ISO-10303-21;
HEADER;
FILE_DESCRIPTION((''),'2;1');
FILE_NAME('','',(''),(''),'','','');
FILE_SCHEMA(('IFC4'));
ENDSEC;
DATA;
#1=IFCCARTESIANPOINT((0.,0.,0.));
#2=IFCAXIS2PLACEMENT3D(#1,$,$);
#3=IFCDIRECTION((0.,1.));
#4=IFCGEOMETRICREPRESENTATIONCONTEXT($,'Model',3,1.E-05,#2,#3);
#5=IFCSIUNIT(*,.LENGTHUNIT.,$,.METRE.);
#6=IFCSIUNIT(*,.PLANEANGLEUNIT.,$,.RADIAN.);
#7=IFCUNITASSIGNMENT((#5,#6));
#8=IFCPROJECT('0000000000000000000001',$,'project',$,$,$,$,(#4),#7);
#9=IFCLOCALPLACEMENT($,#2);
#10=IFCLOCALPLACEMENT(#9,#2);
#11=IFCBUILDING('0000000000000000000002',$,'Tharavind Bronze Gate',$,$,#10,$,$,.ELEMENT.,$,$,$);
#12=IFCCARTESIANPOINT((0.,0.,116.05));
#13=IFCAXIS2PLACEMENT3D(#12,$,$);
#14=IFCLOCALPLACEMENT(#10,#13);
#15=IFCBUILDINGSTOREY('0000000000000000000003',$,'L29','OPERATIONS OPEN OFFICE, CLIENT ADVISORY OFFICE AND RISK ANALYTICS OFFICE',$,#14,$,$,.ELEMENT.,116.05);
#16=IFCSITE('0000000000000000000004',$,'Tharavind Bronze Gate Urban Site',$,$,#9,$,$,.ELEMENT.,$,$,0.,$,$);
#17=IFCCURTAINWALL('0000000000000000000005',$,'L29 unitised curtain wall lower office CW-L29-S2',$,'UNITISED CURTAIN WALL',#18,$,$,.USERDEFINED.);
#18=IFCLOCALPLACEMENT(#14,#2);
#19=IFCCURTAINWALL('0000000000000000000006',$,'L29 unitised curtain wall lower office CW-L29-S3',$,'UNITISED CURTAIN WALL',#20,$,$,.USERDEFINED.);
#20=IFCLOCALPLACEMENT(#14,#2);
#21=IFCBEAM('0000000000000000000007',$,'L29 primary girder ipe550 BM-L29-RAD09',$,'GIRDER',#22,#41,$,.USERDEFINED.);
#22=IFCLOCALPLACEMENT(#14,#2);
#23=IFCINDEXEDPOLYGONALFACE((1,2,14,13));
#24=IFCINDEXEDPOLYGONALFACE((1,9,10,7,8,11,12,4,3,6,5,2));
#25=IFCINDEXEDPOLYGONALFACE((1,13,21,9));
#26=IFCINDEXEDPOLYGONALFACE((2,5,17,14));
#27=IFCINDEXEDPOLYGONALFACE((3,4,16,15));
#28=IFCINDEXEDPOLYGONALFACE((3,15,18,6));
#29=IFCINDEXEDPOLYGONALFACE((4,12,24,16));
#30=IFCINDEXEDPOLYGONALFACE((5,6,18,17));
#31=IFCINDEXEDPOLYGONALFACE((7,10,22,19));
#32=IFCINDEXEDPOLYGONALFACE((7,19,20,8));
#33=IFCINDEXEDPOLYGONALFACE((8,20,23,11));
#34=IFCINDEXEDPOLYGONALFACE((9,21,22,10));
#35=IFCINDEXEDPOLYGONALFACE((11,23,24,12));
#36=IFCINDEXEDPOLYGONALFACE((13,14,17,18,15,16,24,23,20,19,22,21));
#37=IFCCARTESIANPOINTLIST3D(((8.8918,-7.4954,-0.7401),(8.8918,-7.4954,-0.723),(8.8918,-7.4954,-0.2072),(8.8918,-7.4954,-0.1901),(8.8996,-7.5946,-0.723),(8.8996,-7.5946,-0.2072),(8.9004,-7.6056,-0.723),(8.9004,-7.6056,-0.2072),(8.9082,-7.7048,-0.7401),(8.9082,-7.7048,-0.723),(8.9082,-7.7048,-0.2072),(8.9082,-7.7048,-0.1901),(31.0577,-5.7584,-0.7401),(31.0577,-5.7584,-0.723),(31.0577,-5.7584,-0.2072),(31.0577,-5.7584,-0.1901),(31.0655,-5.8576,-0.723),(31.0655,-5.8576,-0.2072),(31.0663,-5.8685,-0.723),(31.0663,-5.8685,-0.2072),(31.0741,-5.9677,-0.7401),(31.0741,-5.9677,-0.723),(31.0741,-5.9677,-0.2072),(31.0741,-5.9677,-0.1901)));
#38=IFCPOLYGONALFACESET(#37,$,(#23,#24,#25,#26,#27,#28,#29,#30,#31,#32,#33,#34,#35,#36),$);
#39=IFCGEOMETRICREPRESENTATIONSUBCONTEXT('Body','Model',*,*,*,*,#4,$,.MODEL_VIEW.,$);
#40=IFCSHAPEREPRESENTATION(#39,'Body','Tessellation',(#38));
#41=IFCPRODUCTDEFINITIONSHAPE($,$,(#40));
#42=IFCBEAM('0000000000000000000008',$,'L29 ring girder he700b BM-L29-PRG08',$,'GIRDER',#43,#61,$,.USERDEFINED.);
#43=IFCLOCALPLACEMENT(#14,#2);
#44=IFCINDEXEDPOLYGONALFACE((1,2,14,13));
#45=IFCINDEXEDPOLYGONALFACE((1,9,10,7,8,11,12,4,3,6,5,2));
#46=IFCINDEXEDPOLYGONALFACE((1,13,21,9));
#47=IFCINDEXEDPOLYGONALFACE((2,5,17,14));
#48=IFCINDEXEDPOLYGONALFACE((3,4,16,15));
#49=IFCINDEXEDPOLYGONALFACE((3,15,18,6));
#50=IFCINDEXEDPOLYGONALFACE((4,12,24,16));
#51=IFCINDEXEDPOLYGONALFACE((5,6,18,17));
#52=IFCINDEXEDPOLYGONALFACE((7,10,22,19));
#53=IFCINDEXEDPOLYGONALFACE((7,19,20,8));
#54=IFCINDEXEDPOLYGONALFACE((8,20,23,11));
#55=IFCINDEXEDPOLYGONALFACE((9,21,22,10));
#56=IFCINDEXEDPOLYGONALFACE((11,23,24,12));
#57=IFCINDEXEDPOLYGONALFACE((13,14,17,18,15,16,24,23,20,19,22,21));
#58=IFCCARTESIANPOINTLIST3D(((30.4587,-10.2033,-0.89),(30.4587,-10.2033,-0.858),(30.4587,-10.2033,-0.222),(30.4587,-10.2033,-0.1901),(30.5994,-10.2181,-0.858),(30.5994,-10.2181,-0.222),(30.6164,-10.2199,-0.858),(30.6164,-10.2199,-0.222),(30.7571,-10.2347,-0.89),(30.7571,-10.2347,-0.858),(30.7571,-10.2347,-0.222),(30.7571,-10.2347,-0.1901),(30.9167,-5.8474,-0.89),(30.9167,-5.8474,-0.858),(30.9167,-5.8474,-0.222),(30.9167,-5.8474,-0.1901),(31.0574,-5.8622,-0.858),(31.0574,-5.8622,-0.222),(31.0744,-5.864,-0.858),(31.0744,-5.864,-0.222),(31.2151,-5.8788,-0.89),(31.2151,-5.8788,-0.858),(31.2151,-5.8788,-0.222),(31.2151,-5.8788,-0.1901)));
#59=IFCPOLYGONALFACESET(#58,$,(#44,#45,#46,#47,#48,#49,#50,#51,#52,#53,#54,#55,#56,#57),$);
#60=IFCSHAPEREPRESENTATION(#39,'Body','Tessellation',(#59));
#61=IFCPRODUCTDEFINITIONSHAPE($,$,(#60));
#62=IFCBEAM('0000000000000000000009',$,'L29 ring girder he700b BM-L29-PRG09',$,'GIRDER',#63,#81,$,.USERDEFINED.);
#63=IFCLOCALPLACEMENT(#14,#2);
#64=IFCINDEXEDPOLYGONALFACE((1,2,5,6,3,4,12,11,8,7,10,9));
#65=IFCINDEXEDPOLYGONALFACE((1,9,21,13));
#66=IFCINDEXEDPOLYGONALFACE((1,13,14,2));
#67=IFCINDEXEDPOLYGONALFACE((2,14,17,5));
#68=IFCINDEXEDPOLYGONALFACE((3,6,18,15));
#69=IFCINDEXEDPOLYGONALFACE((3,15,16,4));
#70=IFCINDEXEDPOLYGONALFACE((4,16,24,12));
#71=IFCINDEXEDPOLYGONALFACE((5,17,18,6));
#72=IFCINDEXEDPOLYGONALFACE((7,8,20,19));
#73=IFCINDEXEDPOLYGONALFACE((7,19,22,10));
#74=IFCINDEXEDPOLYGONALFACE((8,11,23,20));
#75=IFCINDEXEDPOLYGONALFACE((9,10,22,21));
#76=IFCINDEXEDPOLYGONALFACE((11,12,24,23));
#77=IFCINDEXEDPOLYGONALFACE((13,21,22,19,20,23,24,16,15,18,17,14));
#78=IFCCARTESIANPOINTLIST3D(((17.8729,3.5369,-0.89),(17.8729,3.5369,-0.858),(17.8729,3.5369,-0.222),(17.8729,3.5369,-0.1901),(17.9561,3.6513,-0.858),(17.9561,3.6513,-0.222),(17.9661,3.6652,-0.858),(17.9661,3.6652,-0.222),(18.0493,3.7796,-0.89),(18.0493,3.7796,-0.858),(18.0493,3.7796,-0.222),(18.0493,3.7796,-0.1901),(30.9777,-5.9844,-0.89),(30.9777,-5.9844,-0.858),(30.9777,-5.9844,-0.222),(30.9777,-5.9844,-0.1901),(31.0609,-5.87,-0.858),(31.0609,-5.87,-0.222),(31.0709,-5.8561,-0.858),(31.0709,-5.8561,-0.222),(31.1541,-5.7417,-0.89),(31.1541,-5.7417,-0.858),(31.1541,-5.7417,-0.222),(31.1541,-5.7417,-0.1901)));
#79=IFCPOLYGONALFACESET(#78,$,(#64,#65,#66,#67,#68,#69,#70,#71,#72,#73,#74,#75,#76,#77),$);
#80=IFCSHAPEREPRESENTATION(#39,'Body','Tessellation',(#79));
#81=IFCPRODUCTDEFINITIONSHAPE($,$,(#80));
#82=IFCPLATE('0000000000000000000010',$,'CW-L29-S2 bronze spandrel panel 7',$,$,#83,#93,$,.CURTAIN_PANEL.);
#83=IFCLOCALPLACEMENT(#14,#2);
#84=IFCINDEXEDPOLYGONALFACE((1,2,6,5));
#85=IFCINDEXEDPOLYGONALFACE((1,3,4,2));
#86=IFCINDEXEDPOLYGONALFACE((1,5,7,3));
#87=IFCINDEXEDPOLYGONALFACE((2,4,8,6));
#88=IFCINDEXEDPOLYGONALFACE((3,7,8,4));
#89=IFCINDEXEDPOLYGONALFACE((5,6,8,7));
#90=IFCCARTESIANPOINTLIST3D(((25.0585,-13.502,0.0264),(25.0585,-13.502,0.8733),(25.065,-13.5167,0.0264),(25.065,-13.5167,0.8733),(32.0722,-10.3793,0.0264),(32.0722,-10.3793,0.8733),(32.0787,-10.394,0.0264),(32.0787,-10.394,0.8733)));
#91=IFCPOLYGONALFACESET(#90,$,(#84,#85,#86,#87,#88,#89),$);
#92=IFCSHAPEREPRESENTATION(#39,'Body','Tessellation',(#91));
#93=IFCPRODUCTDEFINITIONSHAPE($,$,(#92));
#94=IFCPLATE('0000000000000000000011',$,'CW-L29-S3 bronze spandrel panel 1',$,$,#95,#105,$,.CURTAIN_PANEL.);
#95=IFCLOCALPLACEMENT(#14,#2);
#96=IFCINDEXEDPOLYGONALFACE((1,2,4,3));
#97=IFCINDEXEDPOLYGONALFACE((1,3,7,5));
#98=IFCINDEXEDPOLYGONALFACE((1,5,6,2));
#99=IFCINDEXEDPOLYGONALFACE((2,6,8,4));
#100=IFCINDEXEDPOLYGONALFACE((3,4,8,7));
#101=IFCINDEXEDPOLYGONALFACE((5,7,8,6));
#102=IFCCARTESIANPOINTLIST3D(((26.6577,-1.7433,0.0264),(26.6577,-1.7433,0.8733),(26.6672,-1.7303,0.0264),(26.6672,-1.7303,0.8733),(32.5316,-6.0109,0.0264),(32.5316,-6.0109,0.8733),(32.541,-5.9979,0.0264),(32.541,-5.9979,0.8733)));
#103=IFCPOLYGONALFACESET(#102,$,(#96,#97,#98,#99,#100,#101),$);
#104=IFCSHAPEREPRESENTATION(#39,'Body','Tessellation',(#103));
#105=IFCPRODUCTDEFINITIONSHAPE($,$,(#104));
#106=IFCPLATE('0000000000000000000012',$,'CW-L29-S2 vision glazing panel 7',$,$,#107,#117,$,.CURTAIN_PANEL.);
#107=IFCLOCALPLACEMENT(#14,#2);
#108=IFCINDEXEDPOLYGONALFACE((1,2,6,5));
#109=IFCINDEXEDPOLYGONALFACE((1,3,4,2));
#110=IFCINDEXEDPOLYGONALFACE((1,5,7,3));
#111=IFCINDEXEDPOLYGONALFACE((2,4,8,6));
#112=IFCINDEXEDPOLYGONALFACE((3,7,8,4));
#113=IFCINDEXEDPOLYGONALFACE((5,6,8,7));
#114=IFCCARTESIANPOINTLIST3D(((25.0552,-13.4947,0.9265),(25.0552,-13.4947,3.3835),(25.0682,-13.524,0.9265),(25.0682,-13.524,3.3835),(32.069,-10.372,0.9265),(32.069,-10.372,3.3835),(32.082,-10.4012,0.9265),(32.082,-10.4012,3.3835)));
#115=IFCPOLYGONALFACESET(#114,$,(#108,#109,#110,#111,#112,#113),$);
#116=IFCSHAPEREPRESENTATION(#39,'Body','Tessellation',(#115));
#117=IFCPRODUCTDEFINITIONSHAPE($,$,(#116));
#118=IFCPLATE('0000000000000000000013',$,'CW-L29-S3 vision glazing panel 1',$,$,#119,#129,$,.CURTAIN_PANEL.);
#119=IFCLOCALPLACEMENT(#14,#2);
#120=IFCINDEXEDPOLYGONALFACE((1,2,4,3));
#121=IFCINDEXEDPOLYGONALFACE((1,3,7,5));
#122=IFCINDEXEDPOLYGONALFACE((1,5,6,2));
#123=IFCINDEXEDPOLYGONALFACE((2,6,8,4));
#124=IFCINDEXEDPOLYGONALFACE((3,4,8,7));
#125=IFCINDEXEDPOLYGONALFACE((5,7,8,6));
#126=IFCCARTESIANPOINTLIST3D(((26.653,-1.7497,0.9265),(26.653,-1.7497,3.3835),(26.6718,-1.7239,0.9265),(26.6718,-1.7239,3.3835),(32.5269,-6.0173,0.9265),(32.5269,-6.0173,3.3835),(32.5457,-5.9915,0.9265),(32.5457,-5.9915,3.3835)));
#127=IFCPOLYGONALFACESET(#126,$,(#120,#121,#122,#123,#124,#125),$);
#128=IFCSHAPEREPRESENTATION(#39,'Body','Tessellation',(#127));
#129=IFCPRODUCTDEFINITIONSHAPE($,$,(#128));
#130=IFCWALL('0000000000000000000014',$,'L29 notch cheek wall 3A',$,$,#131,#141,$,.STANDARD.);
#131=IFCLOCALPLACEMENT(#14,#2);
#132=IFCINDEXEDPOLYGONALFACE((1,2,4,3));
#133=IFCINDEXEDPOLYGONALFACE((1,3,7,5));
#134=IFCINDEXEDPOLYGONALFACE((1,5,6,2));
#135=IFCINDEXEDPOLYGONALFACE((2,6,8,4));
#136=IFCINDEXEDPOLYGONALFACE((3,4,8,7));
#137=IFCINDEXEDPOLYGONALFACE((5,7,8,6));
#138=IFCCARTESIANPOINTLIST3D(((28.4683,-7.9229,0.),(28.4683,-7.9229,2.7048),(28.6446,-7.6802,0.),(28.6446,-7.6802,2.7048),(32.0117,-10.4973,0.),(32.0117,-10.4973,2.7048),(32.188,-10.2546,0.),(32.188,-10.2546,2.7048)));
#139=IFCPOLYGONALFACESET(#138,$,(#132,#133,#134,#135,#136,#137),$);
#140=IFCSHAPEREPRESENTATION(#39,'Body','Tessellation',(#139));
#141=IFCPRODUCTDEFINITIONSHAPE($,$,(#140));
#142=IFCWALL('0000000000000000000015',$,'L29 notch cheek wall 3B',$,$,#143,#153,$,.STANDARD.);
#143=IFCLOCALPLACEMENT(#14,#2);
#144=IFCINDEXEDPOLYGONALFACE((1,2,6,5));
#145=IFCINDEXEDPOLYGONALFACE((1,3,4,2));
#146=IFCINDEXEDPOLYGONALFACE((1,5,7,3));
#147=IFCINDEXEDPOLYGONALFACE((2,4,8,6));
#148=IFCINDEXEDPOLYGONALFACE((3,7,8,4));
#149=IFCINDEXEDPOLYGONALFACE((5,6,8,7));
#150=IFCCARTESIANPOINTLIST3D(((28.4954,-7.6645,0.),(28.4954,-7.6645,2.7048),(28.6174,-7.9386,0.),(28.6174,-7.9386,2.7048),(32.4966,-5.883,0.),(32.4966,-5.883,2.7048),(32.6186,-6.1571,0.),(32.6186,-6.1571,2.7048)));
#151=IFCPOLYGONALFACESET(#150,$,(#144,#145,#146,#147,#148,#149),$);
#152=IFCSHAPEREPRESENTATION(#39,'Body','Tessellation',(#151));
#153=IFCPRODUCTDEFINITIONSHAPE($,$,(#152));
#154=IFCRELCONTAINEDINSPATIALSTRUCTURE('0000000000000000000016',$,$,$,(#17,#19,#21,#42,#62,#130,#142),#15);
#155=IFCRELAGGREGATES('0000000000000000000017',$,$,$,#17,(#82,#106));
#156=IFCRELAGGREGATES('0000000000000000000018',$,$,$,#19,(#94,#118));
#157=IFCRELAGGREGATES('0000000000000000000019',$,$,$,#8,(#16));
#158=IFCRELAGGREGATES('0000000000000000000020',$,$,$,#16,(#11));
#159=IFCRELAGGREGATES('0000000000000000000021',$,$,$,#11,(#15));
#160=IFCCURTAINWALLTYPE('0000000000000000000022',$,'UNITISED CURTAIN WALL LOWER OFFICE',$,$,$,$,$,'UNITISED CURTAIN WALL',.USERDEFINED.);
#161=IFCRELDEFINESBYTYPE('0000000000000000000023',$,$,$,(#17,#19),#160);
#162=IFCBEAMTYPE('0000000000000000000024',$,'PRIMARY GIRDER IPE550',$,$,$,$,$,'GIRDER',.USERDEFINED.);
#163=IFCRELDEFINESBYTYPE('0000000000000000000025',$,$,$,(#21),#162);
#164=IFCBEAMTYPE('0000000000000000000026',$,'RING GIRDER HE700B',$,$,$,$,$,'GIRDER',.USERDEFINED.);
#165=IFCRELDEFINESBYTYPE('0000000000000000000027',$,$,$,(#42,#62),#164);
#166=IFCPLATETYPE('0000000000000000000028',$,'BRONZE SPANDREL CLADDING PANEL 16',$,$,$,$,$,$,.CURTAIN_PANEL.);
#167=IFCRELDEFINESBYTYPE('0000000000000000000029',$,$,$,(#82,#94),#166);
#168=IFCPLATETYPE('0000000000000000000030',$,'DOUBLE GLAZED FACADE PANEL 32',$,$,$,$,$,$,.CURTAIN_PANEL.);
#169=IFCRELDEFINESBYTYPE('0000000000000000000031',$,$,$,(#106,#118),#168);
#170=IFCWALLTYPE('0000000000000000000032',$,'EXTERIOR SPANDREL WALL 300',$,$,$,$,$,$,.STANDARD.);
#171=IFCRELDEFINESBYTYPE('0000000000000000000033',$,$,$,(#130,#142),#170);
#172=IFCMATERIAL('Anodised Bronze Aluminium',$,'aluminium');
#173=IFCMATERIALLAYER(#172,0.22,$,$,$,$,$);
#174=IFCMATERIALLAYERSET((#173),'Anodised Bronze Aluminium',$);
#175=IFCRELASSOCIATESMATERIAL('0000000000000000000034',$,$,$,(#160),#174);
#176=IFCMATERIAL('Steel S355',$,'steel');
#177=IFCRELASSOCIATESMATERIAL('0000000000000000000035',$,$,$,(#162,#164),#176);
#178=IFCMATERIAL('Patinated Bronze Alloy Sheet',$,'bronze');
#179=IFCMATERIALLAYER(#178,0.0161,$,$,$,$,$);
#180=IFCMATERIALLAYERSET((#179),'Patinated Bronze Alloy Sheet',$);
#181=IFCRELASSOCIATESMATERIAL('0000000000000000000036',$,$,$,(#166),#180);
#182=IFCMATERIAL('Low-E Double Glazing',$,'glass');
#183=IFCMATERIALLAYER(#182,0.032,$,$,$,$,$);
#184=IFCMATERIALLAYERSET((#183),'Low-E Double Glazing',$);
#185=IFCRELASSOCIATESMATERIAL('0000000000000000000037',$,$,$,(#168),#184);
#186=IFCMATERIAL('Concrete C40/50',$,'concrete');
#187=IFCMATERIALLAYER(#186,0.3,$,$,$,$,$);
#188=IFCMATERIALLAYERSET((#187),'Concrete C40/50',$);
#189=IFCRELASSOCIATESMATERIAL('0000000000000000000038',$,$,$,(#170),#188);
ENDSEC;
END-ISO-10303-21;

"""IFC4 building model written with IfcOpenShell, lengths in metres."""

from ifc_helpers import new_model, si_unit, direction, frame, frame_2d, origin, origin_2d, place, context, subcontext, project, spatial, rectangle, i_section, extrude, material, layer, layer_set, material_profile, profile_set, type_object, element, aggregate, save


model = new_model("IFC4")

# Units and contexts
model_context = context("Model", 3, precision=1e-05, world=origin(), true_north=direction((0.0, 1.0)))
body_context = subcontext(model_context, "Body", "Model", "MODEL_VIEW")
ifc_project = project(units=[si_unit("LENGTHUNIT", "METRE"), si_unit("PLANEANGLEUNIT", "RADIAN")], contexts=[model_context])

# Site, building, storey
site_placement = place(None, origin())
site = spatial("IfcSite", under=ifc_project, at=site_placement, Name="Tharavind Bronze Gate Urban Site", CompositionType="ELEMENT", RefElevation=0.0)
building_placement = place(site_placement, origin())
building = spatial("IfcBuilding", under=site, at=building_placement, Name="Tharavind Bronze Gate", CompositionType="ELEMENT")
storey_placement = place(building_placement, frame((0.0, 0.0, 116.05)))
storey = spatial("IfcBuildingStorey", under=building, at=storey_placement, Name="L29", Description="OPERATIONS OPEN OFFICE, CLIENT ADVISORY OFFICE AND RISK ANALYTICS OFFICE", CompositionType="ELEMENT", Elevation=116.05)

# Curtain wall
ifc_material_1 = material(Name="Anodised Bronze Aluminium", Category="aluminium")
ifc_layer_1 = layer(ifc_material_1, 0.22)
ifc_layer_set_1 = layer_set([ifc_layer_1], Name="Anodised Bronze Aluminium")
curtain_wall_type = type_object("IfcCurtainWallType", Name="UNITISED CURTAIN WALL LOWER OFFICE", ElementType="UNITISED CURTAIN WALL", PredefinedType="USERDEFINED", material=ifc_layer_set_1)
curtain_wall_1_placement = place(storey_placement, origin())
curtain_wall_1 = element("IfcCurtainWall", 1, at=curtain_wall_1_placement, inside=storey, type_object=curtain_wall_type, Name="L29 unitised curtain wall lower office CW-L29-S2", ObjectType="UNITISED CURTAIN WALL", PredefinedType="USERDEFINED")

# Curtain wall
curtain_wall_2_placement = place(storey_placement, origin())
curtain_wall_2 = element("IfcCurtainWall", 2, at=curtain_wall_2_placement, inside=storey, type_object=curtain_wall_type, Name="L29 unitised curtain wall lower office CW-L29-S3", ObjectType="UNITISED CURTAIN WALL", PredefinedType="USERDEFINED")

# Beams
ifc_material_2 = material(Name="Steel S355", Category="steel")
ifc_material_profile_1 = material_profile(ifc_material_2, i_section(OverallWidth=0.21, OverallDepth=0.55, WebThickness=0.011, FlangeThickness=0.0171, at=origin_2d()), Name="IPE550")
ifc_profile_set_1 = profile_set([ifc_material_profile_1], Name="Steel S355")
beam_type_1 = type_object("IfcBeamType", Name="PRIMARY GIRDER IPE550", ElementType="GIRDER", PredefinedType="USERDEFINED", material=ifc_profile_set_1)
beam_1_placement = place(storey_placement, frame((31.0659, -5.863, -0.4651), z_axis=(-0.996943, -0.078126, 0.0), x_axis=(0.078126, -0.996943, 0.0)))
element("IfcBeam", 3, at=beam_1_placement, inside=storey, type_object=beam_type_1, Name="L29 primary girder ipe550 BM-L29-RAD09", ObjectType="GIRDER", PredefinedType="USERDEFINED", context=body_context, shape_type="SweptSolid", body=[
    extrude(i_section(OverallWidth=0.21, OverallDepth=0.55, WebThickness=0.011, FlangeThickness=0.0171, at=origin_2d()), origin(), (0.0, 0.0, 1.0), 22.2339),
])
ifc_material_profile_2 = material_profile(ifc_material_2, i_section(OverallWidth=0.3, OverallDepth=0.7, WebThickness=0.0171, FlangeThickness=0.032, at=origin_2d()), Name="HE700B")
ifc_profile_set_2 = profile_set([ifc_material_profile_2], Name="Steel S355")
beam_type_2 = type_object("IfcBeamType", Name="RING GIRDER HE700B", ElementType="GIRDER", PredefinedType="USERDEFINED", material=ifc_profile_set_2)
beam_2_placement = place(storey_placement, frame((30.6079, -10.219, -0.54), z_axis=(0.104569, 0.994518, 0.0), x_axis=(-0.994518, 0.104569, 0.0)))
element("IfcBeam", 4, at=beam_2_placement, inside=storey, type_object=beam_type_2, Name="L29 ring girder he700b BM-L29-PRG08", ObjectType="GIRDER", PredefinedType="USERDEFINED", context=body_context, shape_type="SweptSolid", body=[
    extrude(i_section(OverallWidth=0.3, OverallDepth=0.7, WebThickness=0.0171, FlangeThickness=0.032, at=origin_2d()), origin(), (0.0, 0.0, 1.0), 4.3799),
])
beam_3_placement = place(storey_placement, frame((31.0659, -5.863, -0.54), z_axis=(-0.809014, 0.587789, 0.0), x_axis=(-0.587789, -0.809014, 0.0)))
element("IfcBeam", 5, at=beam_3_placement, inside=storey, type_object=beam_type_2, Name="L29 ring girder he700b BM-L29-PRG09", ObjectType="GIRDER", PredefinedType="USERDEFINED", context=body_context, shape_type="SweptSolid", body=[
    extrude(i_section(OverallWidth=0.3, OverallDepth=0.7, WebThickness=0.0171, FlangeThickness=0.032, at=origin_2d()), origin(), (0.0, 0.0, 1.0), 16.1985),
])

# Plates
ifc_material_3 = material(Name="Patinated Bronze Alloy Sheet", Category="bronze")
ifc_layer_2 = layer(ifc_material_3, 0.0161)
ifc_layer_set_2 = layer_set([ifc_layer_2], Name="Patinated Bronze Alloy Sheet")
plate_type_1 = type_object("IfcPlateType", Name="BRONZE SPANDREL CLADDING PANEL 16", PredefinedType="CURTAIN_PANEL", material=ifc_layer_set_2)
plate_1_placement = place(storey_placement, frame((28.5686, -11.948, 0.0264), z_axis=(0.0, 0.0, 1.0), x_axis=(0.913545, 0.406737, 0.0)))
plate_1 = element("IfcPlate", 6, at=plate_1_placement, type_object=plate_type_1, Name="CW-L29-S2 bronze spandrel panel 7", PredefinedType="CURTAIN_PANEL", context=body_context, shape_type="SweptSolid", body=[
    extrude(rectangle(XDim=7.6775, YDim=0.0161, at=origin_2d()), origin(), (0.0, 0.0, 1.0), 0.8469),
])
plate_2_placement = place(storey_placement, frame((29.5994, -3.8706, 0.0264), z_axis=(0.0, 0.0, 1.0), x_axis=(-0.809017, 0.587785, 0.0)))
plate_2 = element("IfcPlate", 7, at=plate_2_placement, type_object=plate_type_1, Name="CW-L29-S3 bronze spandrel panel 1", PredefinedType="CURTAIN_PANEL", context=body_context, shape_type="SweptSolid", body=[
    extrude(rectangle(XDim=7.2605, YDim=0.0161, at=origin_2d()), origin(), (0.0, 0.0, 1.0), 0.8469),
])
ifc_material_4 = material(Name="Low-E Double Glazing", Category="glass")
ifc_layer_3 = layer(ifc_material_4, 0.032)
ifc_layer_set_3 = layer_set([ifc_layer_3], Name="Low-E Double Glazing")
plate_type_2 = type_object("IfcPlateType", Name="DOUBLE GLAZED FACADE PANEL 32", PredefinedType="CURTAIN_PANEL", material=ifc_layer_set_3)
plate_3_placement = place(storey_placement, frame((28.5686, -11.948, 0.9265), z_axis=(0.0, 0.0, 1.0), x_axis=(0.913545, 0.406737, 0.0)))
plate_3 = element("IfcPlate", 8, at=plate_3_placement, type_object=plate_type_2, Name="CW-L29-S2 vision glazing panel 7", PredefinedType="CURTAIN_PANEL", context=body_context, shape_type="SweptSolid", body=[
    extrude(rectangle(XDim=7.6775, YDim=0.032, at=origin_2d()), origin(), (0.0, 0.0, 1.0), 2.457),
])
aggregate(curtain_wall_1, [plate_1, plate_3])
plate_4_placement = place(storey_placement, frame((29.5994, -3.8706, 0.9265), z_axis=(0.0, 0.0, 1.0), x_axis=(-0.809017, 0.587785, 0.0)))
plate_4 = element("IfcPlate", 9, at=plate_4_placement, type_object=plate_type_2, Name="CW-L29-S3 vision glazing panel 1", PredefinedType="CURTAIN_PANEL", context=body_context, shape_type="SweptSolid", body=[
    extrude(rectangle(XDim=7.2605, YDim=0.032, at=origin_2d()), origin(), (0.0, 0.0, 1.0), 2.457),
])
aggregate(curtain_wall_2, [plate_2, plate_4])

# Walls
ifc_material_5 = material(Name="Concrete C40/50", Category="concrete")
ifc_layer_4 = layer(ifc_material_5, 0.3)
ifc_layer_set_4 = layer_set([ifc_layer_4], Name="Concrete C40/50")
wall_type = type_object("IfcWallType", Name="EXTERIOR SPANDREL WALL 300", PredefinedType="STANDARD", material=ifc_layer_set_4)
for number, where, z_axis, x_axis, name in (
    (10, (32.0999, -10.376, 0.0), (0.0, 0.0, 1.0), (-0.809018, 0.587784, 0.0), "L29 notch cheek wall 3A"),
    (11, (28.5564, -7.8015, 0.0), (0.0, 0.0, 1.0), (0.913542, 0.406743, 0.0), "L29 notch cheek wall 3B"),
):
    element("IfcWall", number, at=place(storey_placement, frame(where, z_axis=z_axis, x_axis=x_axis)), inside=storey, type_object=wall_type, Name=name, PredefinedType="STANDARD", context=body_context, shape_type="SweptSolid", body=[
        extrude(rectangle(XDim=4.3799, YDim=0.3, at=frame_2d((2.1899, 0.0))), origin(), (0.0, 0.0, 1.0), 2.7048),
    ])

save(model, "model.ifc")
